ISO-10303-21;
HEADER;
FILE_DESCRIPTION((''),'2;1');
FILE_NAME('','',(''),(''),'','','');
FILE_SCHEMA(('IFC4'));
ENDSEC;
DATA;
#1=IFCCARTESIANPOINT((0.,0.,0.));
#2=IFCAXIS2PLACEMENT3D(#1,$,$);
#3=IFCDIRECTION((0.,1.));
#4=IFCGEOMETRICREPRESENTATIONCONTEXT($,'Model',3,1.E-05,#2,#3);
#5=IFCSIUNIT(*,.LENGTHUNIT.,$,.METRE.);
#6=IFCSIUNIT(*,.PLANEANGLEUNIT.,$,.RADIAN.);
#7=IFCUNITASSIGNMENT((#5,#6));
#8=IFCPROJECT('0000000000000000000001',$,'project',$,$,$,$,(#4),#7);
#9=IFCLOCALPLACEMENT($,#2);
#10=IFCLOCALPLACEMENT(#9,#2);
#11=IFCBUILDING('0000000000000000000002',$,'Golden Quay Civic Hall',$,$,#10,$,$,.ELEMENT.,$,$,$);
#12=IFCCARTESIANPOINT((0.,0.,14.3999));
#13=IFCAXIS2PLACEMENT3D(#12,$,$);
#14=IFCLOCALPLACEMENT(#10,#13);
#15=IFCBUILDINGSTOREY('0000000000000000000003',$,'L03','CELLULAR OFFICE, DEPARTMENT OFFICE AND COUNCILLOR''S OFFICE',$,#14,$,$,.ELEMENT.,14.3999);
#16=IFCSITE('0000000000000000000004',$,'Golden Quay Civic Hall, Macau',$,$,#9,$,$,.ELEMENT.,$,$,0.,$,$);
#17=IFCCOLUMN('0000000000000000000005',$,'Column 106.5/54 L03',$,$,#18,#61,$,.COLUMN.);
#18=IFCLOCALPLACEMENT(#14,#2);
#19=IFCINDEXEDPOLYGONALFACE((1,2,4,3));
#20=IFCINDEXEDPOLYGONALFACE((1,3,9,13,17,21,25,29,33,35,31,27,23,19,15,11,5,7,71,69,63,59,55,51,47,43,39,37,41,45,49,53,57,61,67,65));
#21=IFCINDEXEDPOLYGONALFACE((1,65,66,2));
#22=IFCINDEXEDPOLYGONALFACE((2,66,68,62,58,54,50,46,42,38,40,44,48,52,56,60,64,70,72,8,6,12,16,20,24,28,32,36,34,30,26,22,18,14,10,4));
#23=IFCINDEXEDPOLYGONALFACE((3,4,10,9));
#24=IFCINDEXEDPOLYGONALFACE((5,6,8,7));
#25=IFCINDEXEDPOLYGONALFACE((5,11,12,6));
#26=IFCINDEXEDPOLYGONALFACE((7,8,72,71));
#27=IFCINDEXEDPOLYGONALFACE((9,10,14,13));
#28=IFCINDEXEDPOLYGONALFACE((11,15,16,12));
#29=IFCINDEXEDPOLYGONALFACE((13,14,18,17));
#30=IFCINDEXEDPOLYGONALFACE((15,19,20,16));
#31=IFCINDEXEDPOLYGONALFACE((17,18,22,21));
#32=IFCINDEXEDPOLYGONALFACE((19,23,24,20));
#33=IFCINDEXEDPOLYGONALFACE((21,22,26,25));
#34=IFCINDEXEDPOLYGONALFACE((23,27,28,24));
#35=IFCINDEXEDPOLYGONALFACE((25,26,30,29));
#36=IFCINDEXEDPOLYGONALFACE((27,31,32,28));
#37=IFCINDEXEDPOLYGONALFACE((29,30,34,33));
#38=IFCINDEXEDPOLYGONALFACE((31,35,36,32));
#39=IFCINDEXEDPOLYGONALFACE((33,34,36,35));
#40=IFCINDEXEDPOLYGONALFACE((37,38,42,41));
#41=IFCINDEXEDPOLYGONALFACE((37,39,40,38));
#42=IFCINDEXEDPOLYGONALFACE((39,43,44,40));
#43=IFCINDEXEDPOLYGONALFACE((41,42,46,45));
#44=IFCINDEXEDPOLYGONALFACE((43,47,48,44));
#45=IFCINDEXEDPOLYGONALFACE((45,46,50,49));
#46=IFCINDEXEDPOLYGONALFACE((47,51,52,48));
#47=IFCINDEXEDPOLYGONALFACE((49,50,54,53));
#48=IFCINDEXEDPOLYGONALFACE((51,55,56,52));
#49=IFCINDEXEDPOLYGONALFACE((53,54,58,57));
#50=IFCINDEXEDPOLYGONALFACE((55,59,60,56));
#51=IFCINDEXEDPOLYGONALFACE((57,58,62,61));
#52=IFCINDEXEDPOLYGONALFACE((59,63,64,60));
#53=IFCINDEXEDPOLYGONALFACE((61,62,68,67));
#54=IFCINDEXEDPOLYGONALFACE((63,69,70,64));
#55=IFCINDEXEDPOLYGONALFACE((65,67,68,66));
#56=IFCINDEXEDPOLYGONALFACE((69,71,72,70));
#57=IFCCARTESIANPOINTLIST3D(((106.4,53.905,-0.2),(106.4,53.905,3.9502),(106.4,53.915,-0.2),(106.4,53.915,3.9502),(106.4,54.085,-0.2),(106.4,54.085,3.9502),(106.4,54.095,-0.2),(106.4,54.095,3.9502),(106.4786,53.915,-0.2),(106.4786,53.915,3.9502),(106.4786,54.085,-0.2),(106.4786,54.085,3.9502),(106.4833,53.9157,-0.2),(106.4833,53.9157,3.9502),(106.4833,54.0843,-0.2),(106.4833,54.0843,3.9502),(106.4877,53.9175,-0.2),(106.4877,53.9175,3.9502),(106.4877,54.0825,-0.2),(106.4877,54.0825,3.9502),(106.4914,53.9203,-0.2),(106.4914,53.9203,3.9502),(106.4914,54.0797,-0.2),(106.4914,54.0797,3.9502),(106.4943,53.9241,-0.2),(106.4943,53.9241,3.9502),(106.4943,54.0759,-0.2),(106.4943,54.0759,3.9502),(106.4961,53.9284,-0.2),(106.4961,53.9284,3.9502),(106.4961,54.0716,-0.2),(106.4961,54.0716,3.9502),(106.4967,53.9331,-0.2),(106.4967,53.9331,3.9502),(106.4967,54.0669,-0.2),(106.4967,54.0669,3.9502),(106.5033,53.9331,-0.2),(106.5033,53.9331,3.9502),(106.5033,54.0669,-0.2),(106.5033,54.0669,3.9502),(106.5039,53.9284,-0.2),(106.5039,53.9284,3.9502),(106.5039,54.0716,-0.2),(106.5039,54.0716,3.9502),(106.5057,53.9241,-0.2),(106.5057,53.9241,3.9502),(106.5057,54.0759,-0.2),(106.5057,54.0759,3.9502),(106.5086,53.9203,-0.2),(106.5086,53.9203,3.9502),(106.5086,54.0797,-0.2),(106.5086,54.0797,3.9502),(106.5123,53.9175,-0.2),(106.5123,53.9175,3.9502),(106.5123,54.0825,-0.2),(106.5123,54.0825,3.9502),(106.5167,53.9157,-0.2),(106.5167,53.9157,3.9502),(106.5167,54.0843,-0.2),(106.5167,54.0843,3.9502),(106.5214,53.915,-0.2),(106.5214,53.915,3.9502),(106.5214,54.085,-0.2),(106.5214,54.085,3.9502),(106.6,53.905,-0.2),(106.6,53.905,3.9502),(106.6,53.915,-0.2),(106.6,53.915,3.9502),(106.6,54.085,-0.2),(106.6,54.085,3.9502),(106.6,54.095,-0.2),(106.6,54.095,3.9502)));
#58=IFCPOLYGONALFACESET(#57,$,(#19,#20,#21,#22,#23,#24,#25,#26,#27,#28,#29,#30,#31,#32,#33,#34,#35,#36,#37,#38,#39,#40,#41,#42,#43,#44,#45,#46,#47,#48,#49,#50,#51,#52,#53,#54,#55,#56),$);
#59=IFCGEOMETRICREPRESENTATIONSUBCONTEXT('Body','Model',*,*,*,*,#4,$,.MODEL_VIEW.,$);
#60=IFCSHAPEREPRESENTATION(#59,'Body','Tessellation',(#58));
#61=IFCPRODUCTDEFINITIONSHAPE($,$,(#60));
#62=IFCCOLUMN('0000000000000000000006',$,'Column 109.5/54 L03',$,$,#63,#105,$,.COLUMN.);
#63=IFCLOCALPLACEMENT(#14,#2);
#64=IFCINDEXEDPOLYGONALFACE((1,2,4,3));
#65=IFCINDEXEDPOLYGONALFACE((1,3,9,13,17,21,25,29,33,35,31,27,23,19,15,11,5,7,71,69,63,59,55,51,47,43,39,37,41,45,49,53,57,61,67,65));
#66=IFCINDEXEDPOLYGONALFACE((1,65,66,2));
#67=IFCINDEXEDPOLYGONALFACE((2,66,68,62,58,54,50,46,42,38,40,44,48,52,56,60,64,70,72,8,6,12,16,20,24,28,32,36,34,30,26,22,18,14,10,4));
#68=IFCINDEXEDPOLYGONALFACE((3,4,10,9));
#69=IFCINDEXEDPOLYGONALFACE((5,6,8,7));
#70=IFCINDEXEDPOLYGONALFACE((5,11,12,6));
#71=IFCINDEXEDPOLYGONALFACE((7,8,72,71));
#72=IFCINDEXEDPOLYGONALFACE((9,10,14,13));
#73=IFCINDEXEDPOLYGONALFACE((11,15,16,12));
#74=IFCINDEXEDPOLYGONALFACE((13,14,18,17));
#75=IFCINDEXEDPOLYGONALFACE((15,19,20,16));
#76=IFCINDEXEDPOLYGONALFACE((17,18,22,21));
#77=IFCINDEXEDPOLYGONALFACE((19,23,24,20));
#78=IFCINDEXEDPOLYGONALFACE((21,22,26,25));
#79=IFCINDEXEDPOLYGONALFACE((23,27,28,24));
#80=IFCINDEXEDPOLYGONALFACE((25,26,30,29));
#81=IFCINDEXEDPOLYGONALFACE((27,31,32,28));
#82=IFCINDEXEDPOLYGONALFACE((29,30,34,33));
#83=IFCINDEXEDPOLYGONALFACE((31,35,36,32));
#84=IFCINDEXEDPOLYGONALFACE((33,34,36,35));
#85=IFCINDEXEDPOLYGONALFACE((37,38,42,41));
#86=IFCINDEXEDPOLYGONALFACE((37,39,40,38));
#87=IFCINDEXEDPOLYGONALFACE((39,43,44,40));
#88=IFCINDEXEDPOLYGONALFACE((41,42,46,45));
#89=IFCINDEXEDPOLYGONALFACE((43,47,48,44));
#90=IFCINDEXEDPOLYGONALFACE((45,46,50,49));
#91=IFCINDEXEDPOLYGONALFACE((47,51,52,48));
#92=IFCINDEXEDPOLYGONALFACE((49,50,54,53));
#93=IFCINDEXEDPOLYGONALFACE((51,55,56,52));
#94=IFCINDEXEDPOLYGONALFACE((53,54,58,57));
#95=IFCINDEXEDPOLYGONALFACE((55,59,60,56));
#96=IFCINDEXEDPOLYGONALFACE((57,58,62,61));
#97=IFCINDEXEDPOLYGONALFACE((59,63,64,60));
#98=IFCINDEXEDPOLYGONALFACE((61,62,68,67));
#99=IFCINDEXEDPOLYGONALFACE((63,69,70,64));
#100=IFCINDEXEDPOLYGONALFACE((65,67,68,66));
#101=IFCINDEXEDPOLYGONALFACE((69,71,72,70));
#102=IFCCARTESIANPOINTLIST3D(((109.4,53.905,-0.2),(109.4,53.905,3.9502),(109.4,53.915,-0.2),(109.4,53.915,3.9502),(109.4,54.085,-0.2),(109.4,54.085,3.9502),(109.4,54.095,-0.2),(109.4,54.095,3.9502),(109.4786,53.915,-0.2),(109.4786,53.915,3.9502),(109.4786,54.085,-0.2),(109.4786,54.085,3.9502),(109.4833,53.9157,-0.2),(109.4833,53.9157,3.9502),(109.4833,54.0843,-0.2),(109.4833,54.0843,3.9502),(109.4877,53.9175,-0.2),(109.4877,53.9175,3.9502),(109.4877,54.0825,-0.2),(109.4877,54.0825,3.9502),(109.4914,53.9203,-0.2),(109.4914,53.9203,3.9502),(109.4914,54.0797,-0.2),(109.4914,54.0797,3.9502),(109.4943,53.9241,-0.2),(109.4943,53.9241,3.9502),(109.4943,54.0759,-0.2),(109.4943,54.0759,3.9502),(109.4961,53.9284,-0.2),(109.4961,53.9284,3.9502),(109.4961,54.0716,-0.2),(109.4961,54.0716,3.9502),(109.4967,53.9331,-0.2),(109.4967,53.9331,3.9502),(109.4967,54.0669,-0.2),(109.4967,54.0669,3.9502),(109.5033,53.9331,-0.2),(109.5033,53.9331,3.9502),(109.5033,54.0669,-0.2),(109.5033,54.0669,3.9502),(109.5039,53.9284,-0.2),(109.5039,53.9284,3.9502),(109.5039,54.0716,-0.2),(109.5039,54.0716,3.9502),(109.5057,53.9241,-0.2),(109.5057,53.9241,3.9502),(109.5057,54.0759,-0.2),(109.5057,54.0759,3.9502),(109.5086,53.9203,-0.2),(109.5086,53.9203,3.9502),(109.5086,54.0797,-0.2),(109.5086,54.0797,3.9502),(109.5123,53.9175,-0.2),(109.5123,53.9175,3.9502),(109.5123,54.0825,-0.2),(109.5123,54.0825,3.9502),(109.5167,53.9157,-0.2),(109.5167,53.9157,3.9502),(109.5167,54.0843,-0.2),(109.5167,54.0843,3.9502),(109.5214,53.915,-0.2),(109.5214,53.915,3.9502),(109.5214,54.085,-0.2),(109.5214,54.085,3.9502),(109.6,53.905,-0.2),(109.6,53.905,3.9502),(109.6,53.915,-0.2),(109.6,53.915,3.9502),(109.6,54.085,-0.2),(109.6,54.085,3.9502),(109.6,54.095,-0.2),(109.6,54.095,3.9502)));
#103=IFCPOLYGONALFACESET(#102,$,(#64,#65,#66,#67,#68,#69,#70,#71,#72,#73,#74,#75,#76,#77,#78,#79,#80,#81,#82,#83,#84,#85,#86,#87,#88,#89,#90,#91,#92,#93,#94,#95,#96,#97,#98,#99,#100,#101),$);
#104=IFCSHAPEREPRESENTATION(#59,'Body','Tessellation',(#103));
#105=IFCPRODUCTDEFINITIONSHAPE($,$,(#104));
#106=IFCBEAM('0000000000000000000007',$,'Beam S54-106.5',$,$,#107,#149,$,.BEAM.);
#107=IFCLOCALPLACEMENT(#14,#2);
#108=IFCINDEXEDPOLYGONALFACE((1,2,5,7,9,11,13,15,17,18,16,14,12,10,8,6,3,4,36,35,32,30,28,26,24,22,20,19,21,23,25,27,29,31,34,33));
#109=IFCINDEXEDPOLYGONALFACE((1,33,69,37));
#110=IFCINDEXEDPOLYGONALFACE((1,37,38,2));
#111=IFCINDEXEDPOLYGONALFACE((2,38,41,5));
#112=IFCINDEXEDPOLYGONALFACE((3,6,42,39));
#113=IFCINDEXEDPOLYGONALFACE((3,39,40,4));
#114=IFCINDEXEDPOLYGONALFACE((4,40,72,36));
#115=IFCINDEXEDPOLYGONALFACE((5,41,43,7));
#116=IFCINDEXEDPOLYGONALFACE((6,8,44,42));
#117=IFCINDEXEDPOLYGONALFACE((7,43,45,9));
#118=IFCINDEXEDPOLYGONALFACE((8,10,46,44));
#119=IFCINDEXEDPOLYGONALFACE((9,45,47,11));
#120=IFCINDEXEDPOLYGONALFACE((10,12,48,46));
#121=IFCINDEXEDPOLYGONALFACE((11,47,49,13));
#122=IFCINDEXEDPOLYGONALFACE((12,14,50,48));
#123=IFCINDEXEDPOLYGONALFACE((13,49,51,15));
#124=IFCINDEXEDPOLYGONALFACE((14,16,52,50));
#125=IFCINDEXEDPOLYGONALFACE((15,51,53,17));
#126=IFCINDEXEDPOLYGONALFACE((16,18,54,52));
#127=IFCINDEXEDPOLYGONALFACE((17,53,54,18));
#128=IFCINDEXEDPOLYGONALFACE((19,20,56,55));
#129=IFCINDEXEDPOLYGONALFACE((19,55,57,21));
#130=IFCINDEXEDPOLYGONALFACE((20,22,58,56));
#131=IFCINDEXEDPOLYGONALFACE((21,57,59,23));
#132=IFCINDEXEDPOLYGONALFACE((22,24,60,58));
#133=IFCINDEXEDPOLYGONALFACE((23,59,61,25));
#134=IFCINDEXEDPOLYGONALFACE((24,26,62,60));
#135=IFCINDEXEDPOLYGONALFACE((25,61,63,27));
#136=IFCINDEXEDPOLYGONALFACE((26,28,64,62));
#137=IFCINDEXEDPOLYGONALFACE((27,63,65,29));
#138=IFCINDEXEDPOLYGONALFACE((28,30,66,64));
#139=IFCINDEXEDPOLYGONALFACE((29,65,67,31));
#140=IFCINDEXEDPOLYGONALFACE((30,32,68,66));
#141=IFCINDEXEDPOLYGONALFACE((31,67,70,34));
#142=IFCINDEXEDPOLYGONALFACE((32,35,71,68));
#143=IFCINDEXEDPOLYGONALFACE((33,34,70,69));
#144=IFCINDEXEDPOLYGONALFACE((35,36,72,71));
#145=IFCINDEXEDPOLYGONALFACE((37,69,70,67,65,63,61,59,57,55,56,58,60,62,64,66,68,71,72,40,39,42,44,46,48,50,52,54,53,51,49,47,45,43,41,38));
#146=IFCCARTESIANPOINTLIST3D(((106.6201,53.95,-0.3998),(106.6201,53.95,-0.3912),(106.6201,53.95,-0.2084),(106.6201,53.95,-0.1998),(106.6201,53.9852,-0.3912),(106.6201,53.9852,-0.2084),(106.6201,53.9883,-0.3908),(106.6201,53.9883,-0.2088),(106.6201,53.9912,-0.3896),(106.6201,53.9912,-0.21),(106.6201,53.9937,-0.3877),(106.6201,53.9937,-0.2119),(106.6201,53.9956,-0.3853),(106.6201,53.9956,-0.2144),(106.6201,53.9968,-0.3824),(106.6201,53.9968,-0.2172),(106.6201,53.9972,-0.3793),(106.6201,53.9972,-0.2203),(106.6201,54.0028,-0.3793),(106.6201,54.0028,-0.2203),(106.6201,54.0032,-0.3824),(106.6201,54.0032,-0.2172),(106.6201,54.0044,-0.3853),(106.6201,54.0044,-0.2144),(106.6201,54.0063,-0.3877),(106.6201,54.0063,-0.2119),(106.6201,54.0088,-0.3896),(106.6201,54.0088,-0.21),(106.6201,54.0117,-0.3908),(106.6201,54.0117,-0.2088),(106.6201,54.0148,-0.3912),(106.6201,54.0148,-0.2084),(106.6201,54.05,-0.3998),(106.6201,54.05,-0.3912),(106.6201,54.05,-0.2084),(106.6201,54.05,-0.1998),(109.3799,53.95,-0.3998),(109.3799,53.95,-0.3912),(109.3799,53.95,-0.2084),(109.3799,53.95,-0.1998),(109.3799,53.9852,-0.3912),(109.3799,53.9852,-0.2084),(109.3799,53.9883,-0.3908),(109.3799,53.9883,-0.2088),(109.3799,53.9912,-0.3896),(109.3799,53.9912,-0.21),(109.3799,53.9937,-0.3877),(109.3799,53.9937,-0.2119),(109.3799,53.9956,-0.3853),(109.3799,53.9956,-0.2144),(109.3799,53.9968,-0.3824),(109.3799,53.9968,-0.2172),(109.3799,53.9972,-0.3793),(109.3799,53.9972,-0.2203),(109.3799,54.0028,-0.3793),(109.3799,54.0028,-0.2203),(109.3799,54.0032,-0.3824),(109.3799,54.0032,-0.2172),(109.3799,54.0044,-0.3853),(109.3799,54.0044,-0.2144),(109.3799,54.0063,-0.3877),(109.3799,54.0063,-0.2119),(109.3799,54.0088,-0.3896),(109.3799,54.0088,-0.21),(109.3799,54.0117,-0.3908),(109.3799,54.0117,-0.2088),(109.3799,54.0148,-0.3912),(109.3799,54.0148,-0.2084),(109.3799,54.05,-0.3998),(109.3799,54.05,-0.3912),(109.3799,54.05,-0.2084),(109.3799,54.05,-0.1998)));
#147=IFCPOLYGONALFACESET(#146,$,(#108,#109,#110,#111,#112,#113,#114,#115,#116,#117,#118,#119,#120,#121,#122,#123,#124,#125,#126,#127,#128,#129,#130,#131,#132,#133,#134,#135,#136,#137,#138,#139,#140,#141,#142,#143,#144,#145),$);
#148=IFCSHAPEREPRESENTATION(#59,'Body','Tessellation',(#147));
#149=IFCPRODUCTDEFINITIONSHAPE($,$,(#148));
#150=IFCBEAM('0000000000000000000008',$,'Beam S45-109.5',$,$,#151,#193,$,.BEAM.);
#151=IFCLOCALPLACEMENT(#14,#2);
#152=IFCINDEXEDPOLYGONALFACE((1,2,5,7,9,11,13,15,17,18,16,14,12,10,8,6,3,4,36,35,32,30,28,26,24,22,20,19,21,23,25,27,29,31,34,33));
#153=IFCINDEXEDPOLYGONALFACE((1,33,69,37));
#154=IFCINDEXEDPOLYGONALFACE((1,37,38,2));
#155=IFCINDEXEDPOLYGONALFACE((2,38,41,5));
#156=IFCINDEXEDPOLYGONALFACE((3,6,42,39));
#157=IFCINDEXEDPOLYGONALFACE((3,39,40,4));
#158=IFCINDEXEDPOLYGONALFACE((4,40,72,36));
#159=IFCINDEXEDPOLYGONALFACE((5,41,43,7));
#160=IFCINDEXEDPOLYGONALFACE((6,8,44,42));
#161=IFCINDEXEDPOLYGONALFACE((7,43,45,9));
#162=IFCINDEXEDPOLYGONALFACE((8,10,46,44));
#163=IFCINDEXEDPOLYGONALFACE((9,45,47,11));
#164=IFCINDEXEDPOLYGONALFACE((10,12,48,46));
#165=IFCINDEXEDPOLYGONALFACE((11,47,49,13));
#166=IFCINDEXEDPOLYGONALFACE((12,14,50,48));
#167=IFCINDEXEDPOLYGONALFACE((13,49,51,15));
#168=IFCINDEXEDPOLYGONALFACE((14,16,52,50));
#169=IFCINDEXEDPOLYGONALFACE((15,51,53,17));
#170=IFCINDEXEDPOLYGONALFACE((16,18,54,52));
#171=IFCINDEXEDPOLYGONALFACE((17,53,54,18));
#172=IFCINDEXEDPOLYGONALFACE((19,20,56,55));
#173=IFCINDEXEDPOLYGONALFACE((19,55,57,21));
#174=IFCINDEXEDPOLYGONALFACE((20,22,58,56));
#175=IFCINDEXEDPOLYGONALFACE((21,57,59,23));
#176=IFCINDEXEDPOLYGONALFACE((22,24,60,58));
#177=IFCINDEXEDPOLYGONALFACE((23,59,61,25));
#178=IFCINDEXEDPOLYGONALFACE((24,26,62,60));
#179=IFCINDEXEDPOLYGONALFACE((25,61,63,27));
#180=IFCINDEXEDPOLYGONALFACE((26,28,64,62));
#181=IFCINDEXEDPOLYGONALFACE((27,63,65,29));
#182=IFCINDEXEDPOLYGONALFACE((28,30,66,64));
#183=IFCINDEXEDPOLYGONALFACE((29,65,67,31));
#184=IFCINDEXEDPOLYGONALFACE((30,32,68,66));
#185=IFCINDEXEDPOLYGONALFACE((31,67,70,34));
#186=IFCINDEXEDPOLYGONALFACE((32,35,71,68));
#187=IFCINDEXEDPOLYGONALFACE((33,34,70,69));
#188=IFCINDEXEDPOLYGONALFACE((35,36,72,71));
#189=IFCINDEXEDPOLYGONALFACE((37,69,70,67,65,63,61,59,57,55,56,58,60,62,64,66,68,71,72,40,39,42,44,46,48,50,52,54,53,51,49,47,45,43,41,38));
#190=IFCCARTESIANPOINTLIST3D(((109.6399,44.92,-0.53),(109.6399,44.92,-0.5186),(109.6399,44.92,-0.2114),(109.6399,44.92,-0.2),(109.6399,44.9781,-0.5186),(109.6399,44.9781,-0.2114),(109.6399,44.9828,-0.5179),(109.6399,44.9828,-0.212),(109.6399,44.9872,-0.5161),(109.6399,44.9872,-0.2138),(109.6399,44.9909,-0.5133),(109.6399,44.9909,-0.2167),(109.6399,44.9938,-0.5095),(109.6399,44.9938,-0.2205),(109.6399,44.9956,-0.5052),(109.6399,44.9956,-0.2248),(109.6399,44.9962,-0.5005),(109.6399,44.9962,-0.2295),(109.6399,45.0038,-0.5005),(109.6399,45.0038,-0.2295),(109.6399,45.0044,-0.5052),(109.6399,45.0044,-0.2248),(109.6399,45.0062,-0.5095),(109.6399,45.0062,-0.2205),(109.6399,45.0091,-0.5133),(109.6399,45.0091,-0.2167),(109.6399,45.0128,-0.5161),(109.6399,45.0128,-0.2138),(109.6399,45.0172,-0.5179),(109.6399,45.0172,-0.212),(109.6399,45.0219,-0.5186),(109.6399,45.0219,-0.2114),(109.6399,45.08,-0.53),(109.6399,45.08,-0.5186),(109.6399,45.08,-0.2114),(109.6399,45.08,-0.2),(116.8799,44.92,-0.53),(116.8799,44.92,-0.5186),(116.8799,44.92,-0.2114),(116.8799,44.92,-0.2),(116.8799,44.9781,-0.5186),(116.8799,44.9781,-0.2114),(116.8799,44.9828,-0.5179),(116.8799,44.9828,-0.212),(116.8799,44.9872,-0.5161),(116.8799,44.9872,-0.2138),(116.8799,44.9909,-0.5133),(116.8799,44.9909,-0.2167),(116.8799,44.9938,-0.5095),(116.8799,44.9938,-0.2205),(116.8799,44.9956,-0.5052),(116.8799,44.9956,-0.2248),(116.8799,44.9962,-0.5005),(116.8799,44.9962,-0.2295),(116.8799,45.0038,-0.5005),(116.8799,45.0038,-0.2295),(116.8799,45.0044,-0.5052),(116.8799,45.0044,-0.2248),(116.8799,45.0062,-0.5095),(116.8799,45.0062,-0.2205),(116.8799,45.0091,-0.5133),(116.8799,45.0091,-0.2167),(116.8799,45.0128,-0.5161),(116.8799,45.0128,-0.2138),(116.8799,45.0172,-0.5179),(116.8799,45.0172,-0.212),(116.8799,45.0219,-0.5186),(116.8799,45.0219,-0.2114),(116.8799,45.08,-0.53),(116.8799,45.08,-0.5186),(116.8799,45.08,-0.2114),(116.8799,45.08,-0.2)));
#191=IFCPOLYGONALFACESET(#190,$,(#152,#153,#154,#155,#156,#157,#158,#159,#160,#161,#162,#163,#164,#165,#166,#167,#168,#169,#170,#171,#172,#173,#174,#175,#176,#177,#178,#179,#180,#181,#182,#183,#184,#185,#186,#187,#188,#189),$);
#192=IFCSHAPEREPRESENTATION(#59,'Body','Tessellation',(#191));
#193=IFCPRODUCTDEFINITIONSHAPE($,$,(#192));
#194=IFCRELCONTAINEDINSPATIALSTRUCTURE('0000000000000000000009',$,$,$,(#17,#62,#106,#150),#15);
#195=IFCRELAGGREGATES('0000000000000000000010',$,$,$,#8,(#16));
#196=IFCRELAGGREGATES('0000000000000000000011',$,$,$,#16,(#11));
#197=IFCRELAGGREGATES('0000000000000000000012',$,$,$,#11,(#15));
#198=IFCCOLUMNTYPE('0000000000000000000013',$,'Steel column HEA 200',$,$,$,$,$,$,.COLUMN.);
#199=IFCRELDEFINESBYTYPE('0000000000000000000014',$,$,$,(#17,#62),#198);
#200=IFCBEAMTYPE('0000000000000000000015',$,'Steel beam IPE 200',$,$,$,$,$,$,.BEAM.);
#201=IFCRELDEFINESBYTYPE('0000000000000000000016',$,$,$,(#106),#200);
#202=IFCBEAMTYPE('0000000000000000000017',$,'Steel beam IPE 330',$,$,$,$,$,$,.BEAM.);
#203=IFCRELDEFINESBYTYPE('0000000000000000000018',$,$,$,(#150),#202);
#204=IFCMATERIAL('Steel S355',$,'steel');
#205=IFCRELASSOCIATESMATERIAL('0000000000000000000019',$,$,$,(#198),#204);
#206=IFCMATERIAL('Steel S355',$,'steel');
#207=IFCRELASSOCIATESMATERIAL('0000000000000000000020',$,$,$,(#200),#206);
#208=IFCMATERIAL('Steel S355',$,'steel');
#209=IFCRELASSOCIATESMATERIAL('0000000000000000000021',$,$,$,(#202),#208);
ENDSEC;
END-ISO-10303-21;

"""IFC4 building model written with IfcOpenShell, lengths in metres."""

from ifc_helpers import new_model, si_unit, direction, frame, origin, origin_2d, place, context, subcontext, project, spatial, i_section, extrude, material, material_profile, profile_set, type_object, element, save


model = new_model("IFC4")

# Units and contexts
model_context = context("Model", 3, precision=1e-05, world=origin(), true_north=direction((0.0, 1.0)))
body_context = subcontext(model_context, "Body", "Model", "MODEL_VIEW")
ifc_project = project(units=[si_unit("LENGTHUNIT", "METRE"), si_unit("PLANEANGLEUNIT", "RADIAN")], contexts=[model_context])

# Site, building, storey
site_placement = place(None, origin())
site = spatial("IfcSite", under=ifc_project, at=site_placement, Name="Golden Quay Civic Hall, Macau", CompositionType="ELEMENT", RefElevation=0.0)
building_placement = place(site_placement, origin())
building = spatial("IfcBuilding", under=site, at=building_placement, Name="Golden Quay Civic Hall", CompositionType="ELEMENT")
storey_placement = place(building_placement, frame((0.0, 0.0, 14.3999)))
storey = spatial("IfcBuildingStorey", under=building, at=storey_placement, Name="L03", Description="CELLULAR OFFICE, DEPARTMENT OFFICE AND COUNCILLOR'S OFFICE", CompositionType="ELEMENT", Elevation=14.3999)

# Columns
ifc_material_1 = material(Name="Steel S355", Category="steel")
ifc_material_profile_1 = material_profile(ifc_material_1, i_section(OverallWidth=0.2, OverallDepth=0.1899, WebThickness=0.0066, FlangeThickness=0.01, FilletRadius=0.0181, at=origin_2d()), Name="HEA 200")
ifc_profile_set_1 = profile_set([ifc_material_profile_1], Name="Steel S355")
column_type = type_object("IfcColumnType", Name="Steel column HEA 200", PredefinedType="COLUMN", material=ifc_profile_set_1)
for number, where, z_axis, x_axis, name in (
    (1, (106.5, 54.0, -0.2), (0.0, 0.0, 1.0), (1.0, 0.0, 0.0), "Column 106.5/54 L03"),
    (2, (109.5, 54.0, -0.2), (0.0, 0.0, 1.0), (1.0, 0.0, 0.0), "Column 109.5/54 L03"),
):
    element("IfcColumn", number, at=place(storey_placement, frame(where, z_axis=z_axis, x_axis=x_axis)), inside=storey, type_object=column_type, Name=name, PredefinedType="COLUMN", context=body_context, shape_type="SweptSolid", body=[
        extrude(i_section(OverallWidth=0.2, OverallDepth=0.1899, WebThickness=0.0066, FlangeThickness=0.01, FilletRadius=0.0181, at=origin_2d()), origin(), (0.0, 0.0, 1.0), 4.1501),
    ])

# Beams
ifc_material_2 = material(Name="Steel S355", Category="steel")
ifc_material_profile_2 = material_profile(ifc_material_2, i_section(OverallWidth=0.1001, OverallDepth=0.2, WebThickness=0.0056, FlangeThickness=0.0085, FilletRadius=0.012, at=origin_2d()), Name="IPE 200")
ifc_profile_set_2 = profile_set([ifc_material_profile_2], Name="Steel S355")
beam_type_1 = type_object("IfcBeamType", Name="Steel beam IPE 200", PredefinedType="BEAM", material=ifc_profile_set_2)
beam_1_placement = place(storey_placement, frame((106.6201, 54.0, -0.2998), z_axis=(1.0, 0.0, 0.0), x_axis=(0.0, 1.0, 0.0)))
element("IfcBeam", 3, at=beam_1_placement, inside=storey, type_object=beam_type_1, Name="Beam S54-106.5", PredefinedType="BEAM", context=body_context, shape_type="SweptSolid", body=[
    extrude(i_section(OverallWidth=0.1001, OverallDepth=0.2, WebThickness=0.0056, FlangeThickness=0.0085, FilletRadius=0.012, at=origin_2d()), origin(), (0.0, 0.0, 1.0), 2.7598),
])
ifc_material_3 = material(Name="Steel S355", Category="steel")
ifc_material_profile_3 = material_profile(ifc_material_3, i_section(OverallWidth=0.1599, OverallDepth=0.3301, WebThickness=0.0076, FlangeThickness=0.0115, FilletRadius=0.0181, at=origin_2d()), Name="IPE 330")
ifc_profile_set_3 = profile_set([ifc_material_profile_3], Name="Steel S355")
beam_type_2 = type_object("IfcBeamType", Name="Steel beam IPE 330", PredefinedType="BEAM", material=ifc_profile_set_3)
beam_2_placement = place(storey_placement, frame((109.6399, 45.0, -0.365), z_axis=(1.0, 0.0, 0.0), x_axis=(0.0, 1.0, 0.0)))
element("IfcBeam", 4, at=beam_2_placement, inside=storey, type_object=beam_type_2, Name="Beam S45-109.5", PredefinedType="BEAM", context=body_context, shape_type="SweptSolid", body=[
    extrude(i_section(OverallWidth=0.1599, OverallDepth=0.3301, WebThickness=0.0076, FlangeThickness=0.0115, FilletRadius=0.0181, at=origin_2d()), origin(), (0.0, 0.0, 1.0), 7.24),
])

save(model, "model.ifc")
